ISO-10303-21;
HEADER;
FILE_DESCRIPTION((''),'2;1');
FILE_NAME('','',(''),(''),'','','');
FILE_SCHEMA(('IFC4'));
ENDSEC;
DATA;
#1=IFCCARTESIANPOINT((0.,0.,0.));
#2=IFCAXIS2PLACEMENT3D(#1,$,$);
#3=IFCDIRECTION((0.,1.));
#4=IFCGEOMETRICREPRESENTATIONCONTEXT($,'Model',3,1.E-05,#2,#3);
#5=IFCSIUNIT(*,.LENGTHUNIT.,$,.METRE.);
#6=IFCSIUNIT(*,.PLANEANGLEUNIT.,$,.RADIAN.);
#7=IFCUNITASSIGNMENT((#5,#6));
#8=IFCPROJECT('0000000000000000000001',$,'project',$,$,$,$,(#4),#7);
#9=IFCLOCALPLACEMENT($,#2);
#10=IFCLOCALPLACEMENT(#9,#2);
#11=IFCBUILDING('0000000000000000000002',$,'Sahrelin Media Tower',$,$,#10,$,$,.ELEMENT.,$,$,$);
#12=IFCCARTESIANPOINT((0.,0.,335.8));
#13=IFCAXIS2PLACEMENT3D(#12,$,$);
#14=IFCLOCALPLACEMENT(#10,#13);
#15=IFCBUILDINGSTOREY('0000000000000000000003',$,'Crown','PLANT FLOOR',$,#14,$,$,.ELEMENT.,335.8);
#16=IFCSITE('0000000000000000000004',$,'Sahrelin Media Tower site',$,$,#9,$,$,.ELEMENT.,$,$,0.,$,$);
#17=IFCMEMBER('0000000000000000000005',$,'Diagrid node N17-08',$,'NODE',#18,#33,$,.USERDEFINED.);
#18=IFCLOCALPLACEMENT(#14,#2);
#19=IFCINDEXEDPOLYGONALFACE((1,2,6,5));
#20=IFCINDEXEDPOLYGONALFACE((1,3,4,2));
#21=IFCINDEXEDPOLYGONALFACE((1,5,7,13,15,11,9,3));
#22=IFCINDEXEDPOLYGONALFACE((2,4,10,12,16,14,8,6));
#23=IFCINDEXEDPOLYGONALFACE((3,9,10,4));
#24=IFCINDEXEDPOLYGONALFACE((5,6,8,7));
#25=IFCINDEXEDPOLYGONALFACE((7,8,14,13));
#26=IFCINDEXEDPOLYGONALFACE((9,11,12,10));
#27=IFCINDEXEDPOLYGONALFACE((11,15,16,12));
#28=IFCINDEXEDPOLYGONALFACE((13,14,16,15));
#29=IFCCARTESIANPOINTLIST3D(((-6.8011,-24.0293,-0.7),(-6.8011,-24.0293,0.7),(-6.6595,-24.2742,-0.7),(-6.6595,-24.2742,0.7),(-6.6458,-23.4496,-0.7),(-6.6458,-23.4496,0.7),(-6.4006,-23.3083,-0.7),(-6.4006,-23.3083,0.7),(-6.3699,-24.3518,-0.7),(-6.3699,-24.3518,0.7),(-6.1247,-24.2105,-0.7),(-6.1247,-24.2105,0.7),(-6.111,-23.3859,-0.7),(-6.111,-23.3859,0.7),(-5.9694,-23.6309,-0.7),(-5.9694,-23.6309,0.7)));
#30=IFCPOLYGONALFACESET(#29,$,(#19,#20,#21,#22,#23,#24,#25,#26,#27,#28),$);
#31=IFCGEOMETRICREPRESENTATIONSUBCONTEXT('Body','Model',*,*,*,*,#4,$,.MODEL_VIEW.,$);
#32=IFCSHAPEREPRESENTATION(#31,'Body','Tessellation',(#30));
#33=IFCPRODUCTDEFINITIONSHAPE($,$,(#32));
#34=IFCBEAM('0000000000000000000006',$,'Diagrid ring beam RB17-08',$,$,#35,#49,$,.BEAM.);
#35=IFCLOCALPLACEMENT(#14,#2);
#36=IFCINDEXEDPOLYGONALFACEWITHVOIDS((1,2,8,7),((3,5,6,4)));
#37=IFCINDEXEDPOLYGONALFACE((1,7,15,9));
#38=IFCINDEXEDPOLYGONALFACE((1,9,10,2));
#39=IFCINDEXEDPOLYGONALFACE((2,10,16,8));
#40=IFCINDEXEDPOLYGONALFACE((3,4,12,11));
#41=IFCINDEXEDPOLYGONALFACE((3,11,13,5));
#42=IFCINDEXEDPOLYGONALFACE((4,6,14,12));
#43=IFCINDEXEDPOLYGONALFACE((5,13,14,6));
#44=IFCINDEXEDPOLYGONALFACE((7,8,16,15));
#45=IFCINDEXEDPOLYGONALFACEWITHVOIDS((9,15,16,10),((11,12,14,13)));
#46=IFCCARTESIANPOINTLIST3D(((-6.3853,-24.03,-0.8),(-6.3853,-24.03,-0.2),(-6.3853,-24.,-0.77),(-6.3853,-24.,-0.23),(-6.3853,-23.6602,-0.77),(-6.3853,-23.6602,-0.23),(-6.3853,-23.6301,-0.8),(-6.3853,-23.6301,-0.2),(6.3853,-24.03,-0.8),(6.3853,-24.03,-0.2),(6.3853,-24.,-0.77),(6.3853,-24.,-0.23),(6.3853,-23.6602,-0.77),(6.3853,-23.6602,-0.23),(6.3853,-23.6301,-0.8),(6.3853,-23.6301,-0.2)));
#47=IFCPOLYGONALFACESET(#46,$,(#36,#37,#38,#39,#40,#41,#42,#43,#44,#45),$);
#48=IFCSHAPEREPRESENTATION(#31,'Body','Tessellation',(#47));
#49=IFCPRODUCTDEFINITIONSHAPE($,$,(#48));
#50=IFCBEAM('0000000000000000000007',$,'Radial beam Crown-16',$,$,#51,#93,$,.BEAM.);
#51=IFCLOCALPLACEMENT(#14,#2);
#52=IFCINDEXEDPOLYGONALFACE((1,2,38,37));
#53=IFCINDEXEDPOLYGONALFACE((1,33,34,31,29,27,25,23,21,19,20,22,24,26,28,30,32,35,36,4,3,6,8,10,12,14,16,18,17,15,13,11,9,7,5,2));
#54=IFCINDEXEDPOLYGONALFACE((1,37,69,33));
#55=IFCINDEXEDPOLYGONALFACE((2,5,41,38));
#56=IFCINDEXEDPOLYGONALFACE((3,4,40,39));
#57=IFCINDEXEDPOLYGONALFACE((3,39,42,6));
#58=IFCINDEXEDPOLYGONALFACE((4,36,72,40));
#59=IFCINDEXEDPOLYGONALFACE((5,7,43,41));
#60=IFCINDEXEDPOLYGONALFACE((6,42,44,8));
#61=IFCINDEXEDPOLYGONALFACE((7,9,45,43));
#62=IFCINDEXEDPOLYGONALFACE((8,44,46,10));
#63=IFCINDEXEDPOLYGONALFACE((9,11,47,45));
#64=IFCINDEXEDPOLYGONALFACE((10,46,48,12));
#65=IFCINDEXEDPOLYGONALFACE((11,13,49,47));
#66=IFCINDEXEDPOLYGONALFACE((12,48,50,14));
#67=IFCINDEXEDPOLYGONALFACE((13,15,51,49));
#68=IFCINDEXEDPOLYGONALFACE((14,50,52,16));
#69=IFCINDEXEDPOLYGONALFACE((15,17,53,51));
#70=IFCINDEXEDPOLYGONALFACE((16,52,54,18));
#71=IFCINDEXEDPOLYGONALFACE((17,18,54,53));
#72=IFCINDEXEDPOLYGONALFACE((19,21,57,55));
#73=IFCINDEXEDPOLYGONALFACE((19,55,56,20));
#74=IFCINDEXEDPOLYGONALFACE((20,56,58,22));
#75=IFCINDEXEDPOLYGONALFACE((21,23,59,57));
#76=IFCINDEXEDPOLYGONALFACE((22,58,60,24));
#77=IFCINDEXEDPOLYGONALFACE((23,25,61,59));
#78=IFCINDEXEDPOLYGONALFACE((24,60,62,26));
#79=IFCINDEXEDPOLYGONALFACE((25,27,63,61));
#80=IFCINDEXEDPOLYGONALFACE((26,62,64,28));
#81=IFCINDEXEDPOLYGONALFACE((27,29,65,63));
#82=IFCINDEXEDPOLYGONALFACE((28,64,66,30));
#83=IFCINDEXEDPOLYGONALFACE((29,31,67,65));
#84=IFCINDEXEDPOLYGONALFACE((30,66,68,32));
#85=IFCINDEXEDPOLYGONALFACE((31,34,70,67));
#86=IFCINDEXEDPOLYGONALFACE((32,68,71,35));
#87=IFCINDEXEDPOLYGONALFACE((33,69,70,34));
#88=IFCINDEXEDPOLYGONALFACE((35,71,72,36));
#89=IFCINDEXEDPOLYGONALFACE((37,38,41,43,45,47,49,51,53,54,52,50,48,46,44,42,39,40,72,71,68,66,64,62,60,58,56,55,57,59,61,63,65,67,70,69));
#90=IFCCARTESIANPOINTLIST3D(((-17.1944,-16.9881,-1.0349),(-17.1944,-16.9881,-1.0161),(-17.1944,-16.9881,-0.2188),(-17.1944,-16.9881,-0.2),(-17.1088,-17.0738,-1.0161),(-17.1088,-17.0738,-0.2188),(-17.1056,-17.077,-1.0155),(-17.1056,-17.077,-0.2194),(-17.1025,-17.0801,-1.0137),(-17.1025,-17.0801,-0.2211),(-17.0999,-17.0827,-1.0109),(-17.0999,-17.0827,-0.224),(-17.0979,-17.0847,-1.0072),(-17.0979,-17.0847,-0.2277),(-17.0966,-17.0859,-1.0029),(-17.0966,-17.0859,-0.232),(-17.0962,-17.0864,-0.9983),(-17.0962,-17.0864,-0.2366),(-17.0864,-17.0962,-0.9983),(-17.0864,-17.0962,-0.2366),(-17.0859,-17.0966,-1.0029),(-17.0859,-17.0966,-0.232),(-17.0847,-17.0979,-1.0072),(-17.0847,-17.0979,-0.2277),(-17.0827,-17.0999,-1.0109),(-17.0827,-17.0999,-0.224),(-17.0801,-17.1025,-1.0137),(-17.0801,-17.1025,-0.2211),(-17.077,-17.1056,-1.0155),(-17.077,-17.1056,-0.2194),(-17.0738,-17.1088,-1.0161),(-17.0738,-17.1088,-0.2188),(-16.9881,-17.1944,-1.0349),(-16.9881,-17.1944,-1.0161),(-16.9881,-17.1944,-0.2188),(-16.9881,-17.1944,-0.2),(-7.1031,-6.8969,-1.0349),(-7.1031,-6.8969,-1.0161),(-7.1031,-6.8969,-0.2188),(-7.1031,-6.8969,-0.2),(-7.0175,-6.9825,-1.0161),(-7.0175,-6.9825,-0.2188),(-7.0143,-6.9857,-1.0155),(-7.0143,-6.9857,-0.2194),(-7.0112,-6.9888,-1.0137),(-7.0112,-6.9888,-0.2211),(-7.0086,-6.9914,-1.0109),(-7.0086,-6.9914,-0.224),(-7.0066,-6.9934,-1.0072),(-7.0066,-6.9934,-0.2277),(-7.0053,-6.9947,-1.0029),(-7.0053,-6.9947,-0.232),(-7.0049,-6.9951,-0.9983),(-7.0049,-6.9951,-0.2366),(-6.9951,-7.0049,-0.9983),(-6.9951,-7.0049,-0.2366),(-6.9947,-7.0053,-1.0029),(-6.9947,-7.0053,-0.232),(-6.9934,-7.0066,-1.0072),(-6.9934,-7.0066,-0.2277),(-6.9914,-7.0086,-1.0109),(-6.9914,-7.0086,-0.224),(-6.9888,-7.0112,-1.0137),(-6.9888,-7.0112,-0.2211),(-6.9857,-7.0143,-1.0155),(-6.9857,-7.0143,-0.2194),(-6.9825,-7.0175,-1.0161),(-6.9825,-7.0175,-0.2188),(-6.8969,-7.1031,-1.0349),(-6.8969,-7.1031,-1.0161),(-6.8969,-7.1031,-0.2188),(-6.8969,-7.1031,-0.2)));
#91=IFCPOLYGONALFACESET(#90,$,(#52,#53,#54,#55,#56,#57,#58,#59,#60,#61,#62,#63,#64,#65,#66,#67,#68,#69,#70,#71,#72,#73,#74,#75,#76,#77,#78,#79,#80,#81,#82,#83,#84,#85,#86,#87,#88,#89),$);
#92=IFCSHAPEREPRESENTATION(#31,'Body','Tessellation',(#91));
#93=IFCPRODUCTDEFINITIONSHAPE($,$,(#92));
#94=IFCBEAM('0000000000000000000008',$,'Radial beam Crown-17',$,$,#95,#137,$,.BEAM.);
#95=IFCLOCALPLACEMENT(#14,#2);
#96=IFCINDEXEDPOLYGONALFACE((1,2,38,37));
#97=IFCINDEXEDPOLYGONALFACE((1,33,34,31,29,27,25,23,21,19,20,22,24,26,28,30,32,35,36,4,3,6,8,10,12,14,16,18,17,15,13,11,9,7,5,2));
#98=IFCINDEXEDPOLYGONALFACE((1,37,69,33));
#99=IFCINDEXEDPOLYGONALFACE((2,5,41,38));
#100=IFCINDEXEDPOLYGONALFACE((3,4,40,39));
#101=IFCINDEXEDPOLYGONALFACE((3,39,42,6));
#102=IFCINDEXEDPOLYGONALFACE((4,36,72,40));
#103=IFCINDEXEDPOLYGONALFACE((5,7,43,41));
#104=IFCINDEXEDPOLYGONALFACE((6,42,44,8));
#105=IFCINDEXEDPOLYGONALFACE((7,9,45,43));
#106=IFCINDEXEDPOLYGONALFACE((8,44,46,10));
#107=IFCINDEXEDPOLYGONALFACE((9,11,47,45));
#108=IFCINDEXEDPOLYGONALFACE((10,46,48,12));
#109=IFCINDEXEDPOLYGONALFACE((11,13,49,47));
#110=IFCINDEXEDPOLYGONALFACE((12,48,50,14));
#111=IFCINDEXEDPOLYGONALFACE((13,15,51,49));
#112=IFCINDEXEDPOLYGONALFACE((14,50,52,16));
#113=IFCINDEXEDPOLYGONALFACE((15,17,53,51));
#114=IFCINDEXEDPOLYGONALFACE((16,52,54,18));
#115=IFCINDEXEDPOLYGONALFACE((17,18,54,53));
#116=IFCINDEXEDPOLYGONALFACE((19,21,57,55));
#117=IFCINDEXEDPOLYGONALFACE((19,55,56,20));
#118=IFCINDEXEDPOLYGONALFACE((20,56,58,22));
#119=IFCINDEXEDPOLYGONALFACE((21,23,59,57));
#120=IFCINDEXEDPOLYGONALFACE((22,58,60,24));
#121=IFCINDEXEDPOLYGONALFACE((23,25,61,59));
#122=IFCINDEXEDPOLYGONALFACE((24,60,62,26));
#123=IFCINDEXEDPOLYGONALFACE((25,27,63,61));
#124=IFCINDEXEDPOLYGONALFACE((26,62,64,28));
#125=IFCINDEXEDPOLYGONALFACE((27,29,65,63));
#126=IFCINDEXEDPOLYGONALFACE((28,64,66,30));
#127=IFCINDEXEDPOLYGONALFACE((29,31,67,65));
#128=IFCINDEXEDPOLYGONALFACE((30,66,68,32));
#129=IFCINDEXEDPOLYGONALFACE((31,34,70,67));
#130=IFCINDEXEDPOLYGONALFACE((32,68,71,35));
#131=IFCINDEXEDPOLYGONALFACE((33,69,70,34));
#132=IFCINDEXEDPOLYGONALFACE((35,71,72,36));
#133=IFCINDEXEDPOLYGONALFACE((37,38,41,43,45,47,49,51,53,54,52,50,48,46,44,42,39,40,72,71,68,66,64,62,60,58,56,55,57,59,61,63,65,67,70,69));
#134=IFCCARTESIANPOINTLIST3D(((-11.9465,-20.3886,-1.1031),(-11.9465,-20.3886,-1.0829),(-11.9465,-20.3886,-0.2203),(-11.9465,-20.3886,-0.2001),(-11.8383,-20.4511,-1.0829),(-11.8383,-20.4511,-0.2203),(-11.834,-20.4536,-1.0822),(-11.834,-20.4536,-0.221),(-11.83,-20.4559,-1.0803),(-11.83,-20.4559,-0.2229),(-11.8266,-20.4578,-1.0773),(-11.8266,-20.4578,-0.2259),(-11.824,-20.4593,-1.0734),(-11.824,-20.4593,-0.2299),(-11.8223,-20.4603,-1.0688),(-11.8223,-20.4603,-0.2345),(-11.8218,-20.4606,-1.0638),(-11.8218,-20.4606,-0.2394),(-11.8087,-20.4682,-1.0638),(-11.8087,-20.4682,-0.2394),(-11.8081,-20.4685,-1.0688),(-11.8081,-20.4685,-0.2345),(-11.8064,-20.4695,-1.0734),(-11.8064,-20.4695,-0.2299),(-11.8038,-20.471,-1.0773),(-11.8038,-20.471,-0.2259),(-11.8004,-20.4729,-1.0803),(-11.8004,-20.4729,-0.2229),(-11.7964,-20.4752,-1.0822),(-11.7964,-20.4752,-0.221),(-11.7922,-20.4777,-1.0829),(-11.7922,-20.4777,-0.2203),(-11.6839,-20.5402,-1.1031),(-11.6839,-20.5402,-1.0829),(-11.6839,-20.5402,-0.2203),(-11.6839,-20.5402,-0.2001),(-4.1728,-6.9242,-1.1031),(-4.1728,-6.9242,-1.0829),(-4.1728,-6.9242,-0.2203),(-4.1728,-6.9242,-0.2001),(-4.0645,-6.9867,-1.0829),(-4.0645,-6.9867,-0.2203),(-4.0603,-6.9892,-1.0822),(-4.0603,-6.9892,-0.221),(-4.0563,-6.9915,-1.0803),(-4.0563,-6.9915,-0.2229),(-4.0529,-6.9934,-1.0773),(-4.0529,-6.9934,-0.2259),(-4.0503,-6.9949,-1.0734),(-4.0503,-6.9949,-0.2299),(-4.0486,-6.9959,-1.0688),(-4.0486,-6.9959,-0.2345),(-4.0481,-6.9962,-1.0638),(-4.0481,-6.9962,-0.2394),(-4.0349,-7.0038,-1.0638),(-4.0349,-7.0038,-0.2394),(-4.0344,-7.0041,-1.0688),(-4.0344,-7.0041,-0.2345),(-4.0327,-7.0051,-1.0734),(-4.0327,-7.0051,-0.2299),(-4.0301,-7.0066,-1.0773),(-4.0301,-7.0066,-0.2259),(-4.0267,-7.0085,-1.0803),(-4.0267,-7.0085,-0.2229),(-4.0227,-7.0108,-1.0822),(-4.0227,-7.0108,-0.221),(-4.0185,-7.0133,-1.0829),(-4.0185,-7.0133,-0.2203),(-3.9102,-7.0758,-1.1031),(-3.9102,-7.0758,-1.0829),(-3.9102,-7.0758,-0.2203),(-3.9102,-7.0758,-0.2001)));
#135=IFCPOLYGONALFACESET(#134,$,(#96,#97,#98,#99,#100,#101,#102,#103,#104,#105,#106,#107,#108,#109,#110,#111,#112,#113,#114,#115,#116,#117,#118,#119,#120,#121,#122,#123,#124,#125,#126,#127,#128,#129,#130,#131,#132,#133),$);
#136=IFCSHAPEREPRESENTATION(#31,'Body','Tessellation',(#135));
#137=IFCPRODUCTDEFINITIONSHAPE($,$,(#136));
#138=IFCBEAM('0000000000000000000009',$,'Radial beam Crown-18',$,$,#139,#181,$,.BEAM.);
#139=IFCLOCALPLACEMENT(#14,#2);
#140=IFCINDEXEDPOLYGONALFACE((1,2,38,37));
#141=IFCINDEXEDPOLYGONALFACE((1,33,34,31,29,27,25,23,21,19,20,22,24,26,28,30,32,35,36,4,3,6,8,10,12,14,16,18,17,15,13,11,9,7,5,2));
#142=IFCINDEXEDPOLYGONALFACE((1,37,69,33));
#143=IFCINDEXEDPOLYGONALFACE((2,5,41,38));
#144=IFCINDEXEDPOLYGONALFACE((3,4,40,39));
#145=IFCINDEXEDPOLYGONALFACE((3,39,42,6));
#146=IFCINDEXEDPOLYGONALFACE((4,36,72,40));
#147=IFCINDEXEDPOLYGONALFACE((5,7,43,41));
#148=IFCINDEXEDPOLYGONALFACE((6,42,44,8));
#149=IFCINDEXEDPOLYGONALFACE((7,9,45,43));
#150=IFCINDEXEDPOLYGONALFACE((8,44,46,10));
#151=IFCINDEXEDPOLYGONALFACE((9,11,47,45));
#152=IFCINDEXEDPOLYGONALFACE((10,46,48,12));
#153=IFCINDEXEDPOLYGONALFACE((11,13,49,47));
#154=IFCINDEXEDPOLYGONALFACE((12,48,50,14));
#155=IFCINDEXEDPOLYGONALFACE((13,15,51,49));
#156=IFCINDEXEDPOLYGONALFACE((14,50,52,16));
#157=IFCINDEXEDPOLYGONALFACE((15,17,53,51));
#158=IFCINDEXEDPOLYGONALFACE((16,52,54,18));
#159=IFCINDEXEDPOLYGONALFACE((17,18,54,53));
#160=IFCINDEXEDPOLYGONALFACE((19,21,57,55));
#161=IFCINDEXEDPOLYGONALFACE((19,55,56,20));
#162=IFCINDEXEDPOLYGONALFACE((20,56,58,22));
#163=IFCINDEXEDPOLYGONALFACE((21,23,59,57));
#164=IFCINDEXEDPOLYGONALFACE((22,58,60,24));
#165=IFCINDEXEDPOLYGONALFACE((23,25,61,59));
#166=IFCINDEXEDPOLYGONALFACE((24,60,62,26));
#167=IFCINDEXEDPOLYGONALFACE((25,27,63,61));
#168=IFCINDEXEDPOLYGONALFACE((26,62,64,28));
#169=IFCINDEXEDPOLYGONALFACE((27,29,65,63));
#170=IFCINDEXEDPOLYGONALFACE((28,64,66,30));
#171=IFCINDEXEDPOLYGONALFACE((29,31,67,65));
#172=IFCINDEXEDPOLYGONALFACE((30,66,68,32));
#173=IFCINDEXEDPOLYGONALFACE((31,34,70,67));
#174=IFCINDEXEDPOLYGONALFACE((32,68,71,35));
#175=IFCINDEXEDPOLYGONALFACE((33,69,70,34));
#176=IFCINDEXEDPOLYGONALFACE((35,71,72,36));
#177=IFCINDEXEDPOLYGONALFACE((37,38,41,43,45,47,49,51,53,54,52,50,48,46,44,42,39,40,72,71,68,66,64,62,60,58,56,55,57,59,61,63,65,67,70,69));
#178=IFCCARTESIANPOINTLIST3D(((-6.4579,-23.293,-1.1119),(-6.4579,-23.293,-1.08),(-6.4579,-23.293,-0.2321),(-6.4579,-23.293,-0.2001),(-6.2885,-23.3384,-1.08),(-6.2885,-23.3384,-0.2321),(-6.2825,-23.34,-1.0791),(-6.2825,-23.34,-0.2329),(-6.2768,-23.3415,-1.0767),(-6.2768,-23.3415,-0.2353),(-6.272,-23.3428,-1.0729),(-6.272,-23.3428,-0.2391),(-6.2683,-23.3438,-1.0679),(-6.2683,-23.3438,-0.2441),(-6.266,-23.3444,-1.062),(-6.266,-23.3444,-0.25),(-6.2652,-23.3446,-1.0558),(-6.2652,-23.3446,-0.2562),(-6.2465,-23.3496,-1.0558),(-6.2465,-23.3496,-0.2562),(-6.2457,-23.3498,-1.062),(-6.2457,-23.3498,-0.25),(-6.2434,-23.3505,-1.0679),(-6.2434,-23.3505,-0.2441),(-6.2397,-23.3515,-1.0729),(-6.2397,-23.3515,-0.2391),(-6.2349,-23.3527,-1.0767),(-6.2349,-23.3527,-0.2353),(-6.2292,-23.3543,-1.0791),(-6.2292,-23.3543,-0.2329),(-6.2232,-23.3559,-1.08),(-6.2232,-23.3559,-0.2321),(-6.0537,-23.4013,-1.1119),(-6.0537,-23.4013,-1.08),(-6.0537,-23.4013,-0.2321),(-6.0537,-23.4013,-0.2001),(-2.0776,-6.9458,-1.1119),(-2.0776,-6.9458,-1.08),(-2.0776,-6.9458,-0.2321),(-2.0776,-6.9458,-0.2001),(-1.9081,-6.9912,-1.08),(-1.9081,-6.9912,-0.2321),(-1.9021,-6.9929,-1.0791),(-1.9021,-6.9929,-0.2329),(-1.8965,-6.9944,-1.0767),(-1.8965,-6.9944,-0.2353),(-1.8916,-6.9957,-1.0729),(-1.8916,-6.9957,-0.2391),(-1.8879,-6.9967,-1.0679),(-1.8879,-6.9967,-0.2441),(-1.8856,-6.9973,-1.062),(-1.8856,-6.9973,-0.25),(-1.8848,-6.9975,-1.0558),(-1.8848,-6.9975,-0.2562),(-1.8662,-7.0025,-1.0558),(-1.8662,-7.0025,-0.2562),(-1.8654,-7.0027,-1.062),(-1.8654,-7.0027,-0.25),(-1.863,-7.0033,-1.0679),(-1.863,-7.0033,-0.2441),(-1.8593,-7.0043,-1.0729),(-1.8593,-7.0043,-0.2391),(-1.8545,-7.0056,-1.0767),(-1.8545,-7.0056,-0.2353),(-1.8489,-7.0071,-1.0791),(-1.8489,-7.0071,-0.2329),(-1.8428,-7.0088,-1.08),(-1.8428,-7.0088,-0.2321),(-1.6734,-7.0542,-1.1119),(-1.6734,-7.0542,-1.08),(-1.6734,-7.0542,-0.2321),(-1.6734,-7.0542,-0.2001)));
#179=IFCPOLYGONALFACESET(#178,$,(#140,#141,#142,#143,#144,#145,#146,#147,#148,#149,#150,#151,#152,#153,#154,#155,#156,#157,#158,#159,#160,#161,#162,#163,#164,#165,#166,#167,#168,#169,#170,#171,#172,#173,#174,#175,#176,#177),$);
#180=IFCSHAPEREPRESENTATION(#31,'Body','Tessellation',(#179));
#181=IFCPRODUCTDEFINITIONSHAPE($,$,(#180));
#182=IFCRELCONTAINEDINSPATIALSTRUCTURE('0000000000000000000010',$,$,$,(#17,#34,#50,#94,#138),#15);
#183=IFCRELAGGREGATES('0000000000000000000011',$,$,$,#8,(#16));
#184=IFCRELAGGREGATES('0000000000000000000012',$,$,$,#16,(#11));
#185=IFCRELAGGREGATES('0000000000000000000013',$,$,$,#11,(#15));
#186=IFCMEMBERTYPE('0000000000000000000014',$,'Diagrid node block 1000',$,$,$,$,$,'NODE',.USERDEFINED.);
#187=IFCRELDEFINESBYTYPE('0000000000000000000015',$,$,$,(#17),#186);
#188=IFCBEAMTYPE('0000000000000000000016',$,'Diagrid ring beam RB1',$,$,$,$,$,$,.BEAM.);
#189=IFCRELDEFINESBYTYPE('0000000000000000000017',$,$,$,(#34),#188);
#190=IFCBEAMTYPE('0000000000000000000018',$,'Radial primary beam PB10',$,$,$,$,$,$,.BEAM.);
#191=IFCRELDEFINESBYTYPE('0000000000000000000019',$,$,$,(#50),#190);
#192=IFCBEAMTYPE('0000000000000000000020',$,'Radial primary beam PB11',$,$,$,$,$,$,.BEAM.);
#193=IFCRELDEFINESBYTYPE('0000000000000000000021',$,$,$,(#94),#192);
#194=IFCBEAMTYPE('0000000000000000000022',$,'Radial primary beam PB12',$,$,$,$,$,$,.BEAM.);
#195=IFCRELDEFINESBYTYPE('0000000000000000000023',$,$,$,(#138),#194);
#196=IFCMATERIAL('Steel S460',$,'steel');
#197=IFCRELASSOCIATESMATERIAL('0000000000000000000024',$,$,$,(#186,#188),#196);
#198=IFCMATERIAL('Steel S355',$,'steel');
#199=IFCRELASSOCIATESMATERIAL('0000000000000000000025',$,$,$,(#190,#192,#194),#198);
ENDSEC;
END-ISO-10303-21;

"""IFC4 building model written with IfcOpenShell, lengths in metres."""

from ifc_helpers import new_model, si_unit, direction, frame, origin, origin_2d, place, context, subcontext, project, spatial, polyline, hollow_rectangle, i_section, outline, extrude, material, material_profile, profile_set, type_object, element, save


model = new_model("IFC4")

# Units and contexts
model_context = context("Model", 3, precision=1e-05, world=origin(), true_north=direction((0.0, 1.0)))
body_context = subcontext(model_context, "Body", "Model", "MODEL_VIEW")
ifc_project = project(units=[si_unit("LENGTHUNIT", "METRE"), si_unit("PLANEANGLEUNIT", "RADIAN")], contexts=[model_context])

# Site, building, storey
site_placement = place(None, origin())
site = spatial("IfcSite", under=ifc_project, at=site_placement, Name="Sahrelin Media Tower site", CompositionType="ELEMENT", RefElevation=0.0)
building_placement = place(site_placement, origin())
building = spatial("IfcBuilding", under=site, at=building_placement, Name="Sahrelin Media Tower", CompositionType="ELEMENT")
storey_placement = place(building_placement, frame((0.0, 0.0, 335.8)))
storey = spatial("IfcBuildingStorey", under=building, at=storey_placement, Name="Crown", Description="PLANT FLOOR", CompositionType="ELEMENT", Elevation=335.8)

# Member
ifc_material_1 = material(Name="Steel S460", Category="steel")
ifc_material_profile_1 = material_profile(ifc_material_1, outline(polyline([(0.3, -0.3501), (0.5, -0.1499), (0.5, 0.1499), (0.3, 0.3501), (-0.3, 0.3501), (-0.5, 0.1499), (-0.5, -0.1499), (-0.3, -0.3501), (0.3, -0.3501)])), Name="Diagrid node block 1000")
ifc_profile_set_1 = profile_set([ifc_material_profile_1], Name="Steel S460")
member_type = type_object("IfcMemberType", Name="Diagrid node block 1000", ElementType="NODE", PredefinedType="USERDEFINED", material=ifc_profile_set_1)
member_placement = place(storey_placement, frame((-6.3853, -23.8301, -0.7), z_axis=(0.0, 0.0, 1.0), x_axis=(-0.258819, -0.965926, 0.0)))
element("IfcMember", 1, at=member_placement, inside=storey, type_object=member_type, Name="Diagrid node N17-08", ObjectType="NODE", PredefinedType="USERDEFINED", context=body_context, shape_type="SweptSolid", body=[
    extrude(outline(polyline([(0.3, -0.3501), (0.5, -0.1499), (0.5, 0.1499), (0.3, 0.3501), (-0.3, 0.3501), (-0.5, 0.1499), (-0.5, -0.1499), (-0.3, -0.3501), (0.3, -0.3501)])), origin(), (0.0, 0.0, 1.0), 1.3999),
])

# Beams
ifc_material_profile_2 = material_profile(ifc_material_1, hollow_rectangle(XDim=0.3999, YDim=0.6001, WallThickness=0.03, at=origin_2d()), Name="Diagrid ring beam RB1")
ifc_profile_set_2 = profile_set([ifc_material_profile_2], Name="Steel S460")
beam_type_1 = type_object("IfcBeamType", Name="Diagrid ring beam RB1", PredefinedType="BEAM", material=ifc_profile_set_2)
beam_1_placement = place(storey_placement, frame((-6.3853, -23.8301, -0.5), z_axis=(1.0, 0.0, 0.0), x_axis=(0.0, 1.0, 0.0)))
element("IfcBeam", 2, at=beam_1_placement, inside=storey, type_object=beam_type_1, Name="Diagrid ring beam RB17-08", PredefinedType="BEAM", context=body_context, shape_type="SweptSolid", body=[
    extrude(hollow_rectangle(XDim=0.3999, YDim=0.6001, WallThickness=0.03, at=origin_2d()), origin(), (0.0, 0.0, 1.0), 12.7705),
])
ifc_material_2 = material(Name="Steel S355", Category="steel")
ifc_material_profile_3 = material_profile(ifc_material_2, i_section(OverallWidth=0.2917, OverallDepth=0.835, WebThickness=0.0139, FlangeThickness=0.0188, FilletRadius=0.0178, at=origin_2d()), Name="UB 838x292x176")
ifc_profile_set_3 = profile_set([ifc_material_profile_3], Name="Steel S355")
beam_type_2 = type_object("IfcBeamType", Name="Radial primary beam PB10", PredefinedType="BEAM", material=ifc_profile_set_3)
beam_2_placement = place(storey_placement, frame((-7.0, -7.0, -0.6174), z_axis=(-0.707107, -0.707107, 0.0), x_axis=(0.707107, -0.707107, 0.0)))
element("IfcBeam", 3, at=beam_2_placement, inside=storey, type_object=beam_type_2, Name="Radial beam Crown-16", PredefinedType="BEAM", context=body_context, shape_type="SweptSolid", body=[
    extrude(i_section(OverallWidth=0.2917, OverallDepth=0.835, WebThickness=0.0139, FlangeThickness=0.0188, FilletRadius=0.0178, at=origin_2d()), origin(), (0.0, 0.0, 1.0), 14.2712),
])
ifc_material_profile_4 = material_profile(ifc_material_2, i_section(OverallWidth=0.3032, OverallDepth=0.9031, WebThickness=0.0151, FlangeThickness=0.0203, FilletRadius=0.019, at=origin_2d()), Name="UB 914x305x201")
ifc_profile_set_4 = profile_set([ifc_material_profile_4], Name="Steel S355")
beam_type_3 = type_object("IfcBeamType", Name="Radial primary beam PB11", PredefinedType="BEAM", material=ifc_profile_set_4)
beam_3_placement = place(storey_placement, frame((-4.0415, -7.0, -0.6516), z_axis=(-0.500002, -0.866025, 0.0), x_axis=(0.866025, -0.500002, 0.0)))
element("IfcBeam", 4, at=beam_3_placement, inside=storey, type_object=beam_type_3, Name="Radial beam Crown-17", PredefinedType="BEAM", context=body_context, shape_type="SweptSolid", body=[
    extrude(i_section(OverallWidth=0.3032, OverallDepth=0.9031, WebThickness=0.0151, FlangeThickness=0.0203, FilletRadius=0.019, at=origin_2d()), origin(), (0.0, 0.0, 1.0), 15.5474),
])
ifc_material_profile_5 = material_profile(ifc_material_2, i_section(OverallWidth=0.4185, OverallDepth=0.9119, WebThickness=0.0193, FlangeThickness=0.032, FilletRadius=0.0242, at=origin_2d()), Name="UB 914x419x343")
ifc_profile_set_5 = profile_set([ifc_material_profile_5], Name="Steel S355")
beam_type_4 = type_object("IfcBeamType", Name="Radial primary beam PB12", PredefinedType="BEAM", material=ifc_profile_set_5)
beam_4_placement = place(storey_placement, frame((-1.8755, -7.0, -0.656), z_axis=(-0.258828, -0.965923, 0.0), x_axis=(0.965923, -0.258828, 0.0)))
element("IfcBeam", 5, at=beam_4_placement, inside=storey, type_object=beam_type_4, Name="Radial beam Crown-18", PredefinedType="BEAM", context=body_context, shape_type="SweptSolid", body=[
    extrude(i_section(OverallWidth=0.4185, OverallDepth=0.9119, WebThickness=0.0193, FlangeThickness=0.032, FilletRadius=0.0242, at=origin_2d()), origin(), (0.0, 0.0, 1.0), 16.9238),
])

save(model, "model.ifc")
